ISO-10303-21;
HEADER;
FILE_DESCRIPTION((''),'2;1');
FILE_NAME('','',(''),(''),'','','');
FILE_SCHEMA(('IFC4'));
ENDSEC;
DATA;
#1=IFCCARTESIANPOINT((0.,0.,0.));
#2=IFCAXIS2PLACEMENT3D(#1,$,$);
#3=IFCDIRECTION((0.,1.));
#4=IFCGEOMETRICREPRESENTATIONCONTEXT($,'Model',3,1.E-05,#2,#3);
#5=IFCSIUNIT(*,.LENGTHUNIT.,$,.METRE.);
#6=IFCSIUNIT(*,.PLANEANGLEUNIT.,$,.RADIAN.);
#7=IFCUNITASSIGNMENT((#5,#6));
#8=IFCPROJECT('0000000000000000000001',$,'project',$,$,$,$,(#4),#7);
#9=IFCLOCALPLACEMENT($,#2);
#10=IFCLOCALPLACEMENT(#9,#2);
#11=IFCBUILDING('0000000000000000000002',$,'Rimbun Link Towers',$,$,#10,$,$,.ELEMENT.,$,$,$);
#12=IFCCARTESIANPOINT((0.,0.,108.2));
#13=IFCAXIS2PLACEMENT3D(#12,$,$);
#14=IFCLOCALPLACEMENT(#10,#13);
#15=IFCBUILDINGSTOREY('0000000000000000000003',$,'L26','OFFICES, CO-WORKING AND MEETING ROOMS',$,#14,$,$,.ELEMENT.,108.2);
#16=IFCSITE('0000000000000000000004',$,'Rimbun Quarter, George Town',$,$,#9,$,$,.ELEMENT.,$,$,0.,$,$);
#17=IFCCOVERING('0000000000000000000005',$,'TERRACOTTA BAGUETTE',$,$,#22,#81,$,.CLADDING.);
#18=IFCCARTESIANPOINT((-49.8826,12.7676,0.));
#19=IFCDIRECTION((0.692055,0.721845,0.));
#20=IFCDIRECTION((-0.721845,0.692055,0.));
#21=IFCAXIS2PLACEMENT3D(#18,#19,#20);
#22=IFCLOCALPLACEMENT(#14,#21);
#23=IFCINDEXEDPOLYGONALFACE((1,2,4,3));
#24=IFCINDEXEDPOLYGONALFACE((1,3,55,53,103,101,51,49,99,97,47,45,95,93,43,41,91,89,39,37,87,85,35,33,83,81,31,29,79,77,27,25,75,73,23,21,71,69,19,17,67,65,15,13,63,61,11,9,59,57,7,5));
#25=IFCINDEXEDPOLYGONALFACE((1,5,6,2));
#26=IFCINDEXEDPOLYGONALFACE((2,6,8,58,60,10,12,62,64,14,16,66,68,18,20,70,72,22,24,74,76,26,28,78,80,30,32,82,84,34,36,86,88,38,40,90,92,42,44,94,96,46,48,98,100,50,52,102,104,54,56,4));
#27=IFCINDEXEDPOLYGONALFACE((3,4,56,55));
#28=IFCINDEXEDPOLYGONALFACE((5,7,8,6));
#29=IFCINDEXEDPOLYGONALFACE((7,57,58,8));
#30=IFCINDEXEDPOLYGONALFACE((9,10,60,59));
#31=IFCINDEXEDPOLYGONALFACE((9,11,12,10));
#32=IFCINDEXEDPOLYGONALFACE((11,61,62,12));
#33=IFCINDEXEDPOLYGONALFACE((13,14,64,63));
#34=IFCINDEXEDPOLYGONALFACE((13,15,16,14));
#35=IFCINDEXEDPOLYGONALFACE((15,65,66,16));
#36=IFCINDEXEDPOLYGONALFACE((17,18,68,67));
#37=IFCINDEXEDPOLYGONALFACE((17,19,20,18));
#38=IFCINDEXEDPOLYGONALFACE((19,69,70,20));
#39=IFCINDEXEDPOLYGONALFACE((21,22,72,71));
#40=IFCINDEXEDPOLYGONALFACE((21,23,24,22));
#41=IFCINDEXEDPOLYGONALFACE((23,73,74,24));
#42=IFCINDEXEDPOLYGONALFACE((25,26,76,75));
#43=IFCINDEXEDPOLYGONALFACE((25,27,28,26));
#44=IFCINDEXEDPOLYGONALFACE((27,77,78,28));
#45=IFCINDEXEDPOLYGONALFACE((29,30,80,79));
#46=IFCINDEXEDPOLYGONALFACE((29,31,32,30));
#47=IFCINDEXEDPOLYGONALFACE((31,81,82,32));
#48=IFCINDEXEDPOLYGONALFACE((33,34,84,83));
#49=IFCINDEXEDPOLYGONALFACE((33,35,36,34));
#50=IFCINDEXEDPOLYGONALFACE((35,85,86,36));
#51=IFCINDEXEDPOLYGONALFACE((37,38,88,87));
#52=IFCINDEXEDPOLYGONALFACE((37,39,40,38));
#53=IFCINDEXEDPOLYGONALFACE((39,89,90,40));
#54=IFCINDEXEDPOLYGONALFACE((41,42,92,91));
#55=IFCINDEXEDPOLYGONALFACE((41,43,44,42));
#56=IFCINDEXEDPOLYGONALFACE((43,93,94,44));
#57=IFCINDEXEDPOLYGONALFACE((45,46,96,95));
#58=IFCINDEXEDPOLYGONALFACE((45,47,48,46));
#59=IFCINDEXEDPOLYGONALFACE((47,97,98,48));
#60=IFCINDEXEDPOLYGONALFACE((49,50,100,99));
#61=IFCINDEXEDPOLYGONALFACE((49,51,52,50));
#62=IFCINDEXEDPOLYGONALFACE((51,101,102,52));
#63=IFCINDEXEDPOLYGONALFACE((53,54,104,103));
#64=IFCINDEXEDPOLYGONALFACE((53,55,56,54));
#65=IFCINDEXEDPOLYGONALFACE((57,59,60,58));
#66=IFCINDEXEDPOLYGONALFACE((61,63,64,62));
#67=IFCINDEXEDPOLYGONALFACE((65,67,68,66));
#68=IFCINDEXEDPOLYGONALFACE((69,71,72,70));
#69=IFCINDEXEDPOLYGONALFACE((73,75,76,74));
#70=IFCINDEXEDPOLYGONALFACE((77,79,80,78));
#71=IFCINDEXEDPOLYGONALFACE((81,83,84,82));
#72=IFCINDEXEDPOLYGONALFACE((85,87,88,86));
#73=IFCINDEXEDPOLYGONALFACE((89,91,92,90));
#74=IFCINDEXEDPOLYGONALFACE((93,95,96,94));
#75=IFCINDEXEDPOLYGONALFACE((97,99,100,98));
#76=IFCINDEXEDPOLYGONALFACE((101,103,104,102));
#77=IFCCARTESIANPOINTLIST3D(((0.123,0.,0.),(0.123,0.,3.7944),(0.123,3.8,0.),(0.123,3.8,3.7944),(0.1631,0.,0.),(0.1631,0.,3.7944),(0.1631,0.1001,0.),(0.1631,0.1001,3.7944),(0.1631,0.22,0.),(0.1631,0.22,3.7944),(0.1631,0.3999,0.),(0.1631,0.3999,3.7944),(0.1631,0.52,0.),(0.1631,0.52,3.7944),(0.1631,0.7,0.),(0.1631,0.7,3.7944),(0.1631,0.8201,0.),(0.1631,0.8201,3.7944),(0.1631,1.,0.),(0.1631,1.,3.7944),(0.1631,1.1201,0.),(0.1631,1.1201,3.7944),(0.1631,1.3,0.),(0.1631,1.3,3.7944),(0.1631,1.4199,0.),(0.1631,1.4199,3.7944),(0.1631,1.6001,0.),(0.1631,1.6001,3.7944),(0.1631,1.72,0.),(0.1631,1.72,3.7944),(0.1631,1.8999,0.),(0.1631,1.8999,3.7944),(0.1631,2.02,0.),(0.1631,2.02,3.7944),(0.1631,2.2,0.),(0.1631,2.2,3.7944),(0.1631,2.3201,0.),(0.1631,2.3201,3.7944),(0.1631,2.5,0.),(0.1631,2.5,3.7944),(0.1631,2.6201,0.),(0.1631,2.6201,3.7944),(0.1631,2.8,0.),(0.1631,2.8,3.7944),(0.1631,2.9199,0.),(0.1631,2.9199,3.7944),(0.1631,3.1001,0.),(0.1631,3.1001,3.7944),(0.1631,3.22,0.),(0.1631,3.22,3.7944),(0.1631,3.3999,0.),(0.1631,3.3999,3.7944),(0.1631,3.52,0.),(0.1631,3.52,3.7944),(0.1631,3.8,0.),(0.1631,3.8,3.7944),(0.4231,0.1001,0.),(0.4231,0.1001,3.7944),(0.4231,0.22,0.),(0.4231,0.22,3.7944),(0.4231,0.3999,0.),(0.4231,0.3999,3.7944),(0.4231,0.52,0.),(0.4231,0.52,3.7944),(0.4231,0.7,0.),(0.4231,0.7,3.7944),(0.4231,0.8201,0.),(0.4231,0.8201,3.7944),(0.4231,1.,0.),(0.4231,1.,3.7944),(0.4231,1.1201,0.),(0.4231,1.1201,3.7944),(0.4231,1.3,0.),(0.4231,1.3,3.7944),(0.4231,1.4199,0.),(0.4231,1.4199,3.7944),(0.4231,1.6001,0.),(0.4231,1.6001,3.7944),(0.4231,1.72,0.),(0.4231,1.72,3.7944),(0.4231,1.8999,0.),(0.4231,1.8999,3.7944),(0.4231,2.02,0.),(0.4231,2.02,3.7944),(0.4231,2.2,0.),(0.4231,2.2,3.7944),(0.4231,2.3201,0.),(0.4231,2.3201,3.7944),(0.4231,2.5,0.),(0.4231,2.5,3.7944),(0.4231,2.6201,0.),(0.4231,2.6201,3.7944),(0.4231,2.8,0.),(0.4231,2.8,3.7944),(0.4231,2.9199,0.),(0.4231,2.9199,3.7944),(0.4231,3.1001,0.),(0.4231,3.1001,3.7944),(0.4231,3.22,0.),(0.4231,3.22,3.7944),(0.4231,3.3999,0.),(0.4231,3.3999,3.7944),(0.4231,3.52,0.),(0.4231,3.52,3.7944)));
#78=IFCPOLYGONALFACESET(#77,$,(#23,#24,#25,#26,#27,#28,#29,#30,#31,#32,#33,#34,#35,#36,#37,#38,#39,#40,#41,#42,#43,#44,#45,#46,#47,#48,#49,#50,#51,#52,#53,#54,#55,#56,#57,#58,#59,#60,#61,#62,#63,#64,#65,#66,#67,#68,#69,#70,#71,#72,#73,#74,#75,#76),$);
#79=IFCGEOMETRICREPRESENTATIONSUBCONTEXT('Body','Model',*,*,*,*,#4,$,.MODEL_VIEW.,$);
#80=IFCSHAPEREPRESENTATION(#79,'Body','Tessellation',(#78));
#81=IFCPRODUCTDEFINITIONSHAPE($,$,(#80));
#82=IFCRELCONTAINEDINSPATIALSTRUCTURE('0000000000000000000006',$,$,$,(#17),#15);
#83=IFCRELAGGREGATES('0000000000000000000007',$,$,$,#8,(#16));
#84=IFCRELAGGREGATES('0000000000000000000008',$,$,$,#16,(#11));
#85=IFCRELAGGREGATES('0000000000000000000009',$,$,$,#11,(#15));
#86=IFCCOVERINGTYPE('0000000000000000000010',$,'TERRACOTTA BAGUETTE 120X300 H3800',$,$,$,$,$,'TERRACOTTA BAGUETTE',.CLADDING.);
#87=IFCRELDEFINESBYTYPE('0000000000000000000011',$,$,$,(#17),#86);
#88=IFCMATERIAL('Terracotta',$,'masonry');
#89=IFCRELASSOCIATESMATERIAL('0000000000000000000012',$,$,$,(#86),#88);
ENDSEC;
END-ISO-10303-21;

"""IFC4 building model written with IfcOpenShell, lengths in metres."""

from ifc_helpers import new_model, si_unit, direction, frame, origin, place, context, subcontext, project, spatial, polyline, outline, extrude, material, material_profile, profile_set, type_object, element, save


model = new_model("IFC4")

# Units and contexts
model_context = context("Model", 3, precision=1e-05, world=origin(), true_north=direction((0.0, 1.0)))
body_context = subcontext(model_context, "Body", "Model", "MODEL_VIEW")
ifc_project = project(units=[si_unit("LENGTHUNIT", "METRE"), si_unit("PLANEANGLEUNIT", "RADIAN")], contexts=[model_context])

# Site, building, storey
site_placement = place(None, origin())
site = spatial("IfcSite", under=ifc_project, at=site_placement, Name="Rimbun Quarter, George Town", CompositionType="ELEMENT", RefElevation=0.0)
building_placement = place(site_placement, origin())
building = spatial("IfcBuilding", under=site, at=building_placement, Name="Rimbun Link Towers", CompositionType="ELEMENT")
storey_placement = place(building_placement, frame((0.0, 0.0, 108.2)))
storey = spatial("IfcBuildingStorey", under=building, at=storey_placement, Name="L26", Description="OFFICES, CO-WORKING AND MEETING ROOMS", CompositionType="ELEMENT", Elevation=108.2)

# Covering
ifc_material_1 = material(Name="Terracotta", Category="masonry")
ifc_material_profile_1 = material_profile(ifc_material_1, outline(polyline([(0.123, 0.0), (0.1631, 0.0), (0.1631, 0.1001), (0.4231, 0.1001), (0.4231, 0.22), (0.1631, 0.22), (0.1631, 0.3999), (0.4231, 0.3999), (0.4231, 0.52), (0.1631, 0.52), (0.1631, 0.7), (0.4231, 0.7), (0.4231, 0.8201), (0.1631, 0.8201), (0.1631, 1.0), (0.4231, 1.0), (0.4231, 1.1201), (0.1631, 1.1201), (0.1631, 1.3), (0.4231, 1.3), (0.4231, 1.4199), (0.1631, 1.4199), (0.1631, 1.6001), (0.4231, 1.6001), (0.4231, 1.72), (0.1631, 1.72), (0.1631, 1.8999), (0.4231, 1.8999), (0.4231, 2.02), (0.1631, 2.02), (0.1631, 2.2), (0.4231, 2.2), (0.4231, 2.3201), (0.1631, 2.3201), (0.1631, 2.5), (0.4231, 2.5), (0.4231, 2.6201), (0.1631, 2.6201), (0.1631, 2.8), (0.4231, 2.8), (0.4231, 2.9199), (0.1631, 2.9199), (0.1631, 3.1001), (0.4231, 3.1001), (0.4231, 3.22), (0.1631, 3.22), (0.1631, 3.3999), (0.4231, 3.3999), (0.4231, 3.52), (0.1631, 3.52), (0.1631, 3.8), (0.123, 3.8), (0.123, 0.0)])), Name="BAGUETTE 120X300")
ifc_profile_set_1 = profile_set([ifc_material_profile_1], Name="Terracotta")
covering_type = type_object("IfcCoveringType", Name="TERRACOTTA BAGUETTE 120X300 H3800", ElementType="TERRACOTTA BAGUETTE", PredefinedType="CLADDING", material=ifc_profile_set_1)
covering_1_placement = place(storey_placement, frame((-49.8826, 12.7676, 0.0), z_axis=(0.692055, 0.721845, 0.0), x_axis=(-0.721845, 0.692055, 0.0)))
element("IfcCovering", 1, at=covering_1_placement, inside=storey, type_object=covering_type, Name="TERRACOTTA BAGUETTE", PredefinedType="CLADDING", context=body_context, shape_type="SweptSolid", body=[
    extrude(outline(polyline([(0.123, 0.0), (0.1631, 0.0), (0.1631, 0.1001), (0.4231, 0.1001), (0.4231, 0.22), (0.1631, 0.22), (0.1631, 0.3999), (0.4231, 0.3999), (0.4231, 0.52), (0.1631, 0.52), (0.1631, 0.7), (0.4231, 0.7), (0.4231, 0.8201), (0.1631, 0.8201), (0.1631, 1.0), (0.4231, 1.0), (0.4231, 1.1201), (0.1631, 1.1201), (0.1631, 1.3), (0.4231, 1.3), (0.4231, 1.4199), (0.1631, 1.4199), (0.1631, 1.6001), (0.4231, 1.6001), (0.4231, 1.72), (0.1631, 1.72), (0.1631, 1.8999), (0.4231, 1.8999), (0.4231, 2.02), (0.1631, 2.02), (0.1631, 2.2), (0.4231, 2.2), (0.4231, 2.3201), (0.1631, 2.3201), (0.1631, 2.5), (0.4231, 2.5), (0.4231, 2.6201), (0.1631, 2.6201), (0.1631, 2.8), (0.4231, 2.8), (0.4231, 2.9199), (0.1631, 2.9199), (0.1631, 3.1001), (0.4231, 3.1001), (0.4231, 3.22), (0.1631, 3.22), (0.1631, 3.3999), (0.4231, 3.3999), (0.4231, 3.52), (0.1631, 3.52), (0.1631, 3.8), (0.123, 3.8), (0.123, 0.0)])), origin(), (0.0, 0.0, 1.0), 3.7944),
])

save(model, "model.ifc")
